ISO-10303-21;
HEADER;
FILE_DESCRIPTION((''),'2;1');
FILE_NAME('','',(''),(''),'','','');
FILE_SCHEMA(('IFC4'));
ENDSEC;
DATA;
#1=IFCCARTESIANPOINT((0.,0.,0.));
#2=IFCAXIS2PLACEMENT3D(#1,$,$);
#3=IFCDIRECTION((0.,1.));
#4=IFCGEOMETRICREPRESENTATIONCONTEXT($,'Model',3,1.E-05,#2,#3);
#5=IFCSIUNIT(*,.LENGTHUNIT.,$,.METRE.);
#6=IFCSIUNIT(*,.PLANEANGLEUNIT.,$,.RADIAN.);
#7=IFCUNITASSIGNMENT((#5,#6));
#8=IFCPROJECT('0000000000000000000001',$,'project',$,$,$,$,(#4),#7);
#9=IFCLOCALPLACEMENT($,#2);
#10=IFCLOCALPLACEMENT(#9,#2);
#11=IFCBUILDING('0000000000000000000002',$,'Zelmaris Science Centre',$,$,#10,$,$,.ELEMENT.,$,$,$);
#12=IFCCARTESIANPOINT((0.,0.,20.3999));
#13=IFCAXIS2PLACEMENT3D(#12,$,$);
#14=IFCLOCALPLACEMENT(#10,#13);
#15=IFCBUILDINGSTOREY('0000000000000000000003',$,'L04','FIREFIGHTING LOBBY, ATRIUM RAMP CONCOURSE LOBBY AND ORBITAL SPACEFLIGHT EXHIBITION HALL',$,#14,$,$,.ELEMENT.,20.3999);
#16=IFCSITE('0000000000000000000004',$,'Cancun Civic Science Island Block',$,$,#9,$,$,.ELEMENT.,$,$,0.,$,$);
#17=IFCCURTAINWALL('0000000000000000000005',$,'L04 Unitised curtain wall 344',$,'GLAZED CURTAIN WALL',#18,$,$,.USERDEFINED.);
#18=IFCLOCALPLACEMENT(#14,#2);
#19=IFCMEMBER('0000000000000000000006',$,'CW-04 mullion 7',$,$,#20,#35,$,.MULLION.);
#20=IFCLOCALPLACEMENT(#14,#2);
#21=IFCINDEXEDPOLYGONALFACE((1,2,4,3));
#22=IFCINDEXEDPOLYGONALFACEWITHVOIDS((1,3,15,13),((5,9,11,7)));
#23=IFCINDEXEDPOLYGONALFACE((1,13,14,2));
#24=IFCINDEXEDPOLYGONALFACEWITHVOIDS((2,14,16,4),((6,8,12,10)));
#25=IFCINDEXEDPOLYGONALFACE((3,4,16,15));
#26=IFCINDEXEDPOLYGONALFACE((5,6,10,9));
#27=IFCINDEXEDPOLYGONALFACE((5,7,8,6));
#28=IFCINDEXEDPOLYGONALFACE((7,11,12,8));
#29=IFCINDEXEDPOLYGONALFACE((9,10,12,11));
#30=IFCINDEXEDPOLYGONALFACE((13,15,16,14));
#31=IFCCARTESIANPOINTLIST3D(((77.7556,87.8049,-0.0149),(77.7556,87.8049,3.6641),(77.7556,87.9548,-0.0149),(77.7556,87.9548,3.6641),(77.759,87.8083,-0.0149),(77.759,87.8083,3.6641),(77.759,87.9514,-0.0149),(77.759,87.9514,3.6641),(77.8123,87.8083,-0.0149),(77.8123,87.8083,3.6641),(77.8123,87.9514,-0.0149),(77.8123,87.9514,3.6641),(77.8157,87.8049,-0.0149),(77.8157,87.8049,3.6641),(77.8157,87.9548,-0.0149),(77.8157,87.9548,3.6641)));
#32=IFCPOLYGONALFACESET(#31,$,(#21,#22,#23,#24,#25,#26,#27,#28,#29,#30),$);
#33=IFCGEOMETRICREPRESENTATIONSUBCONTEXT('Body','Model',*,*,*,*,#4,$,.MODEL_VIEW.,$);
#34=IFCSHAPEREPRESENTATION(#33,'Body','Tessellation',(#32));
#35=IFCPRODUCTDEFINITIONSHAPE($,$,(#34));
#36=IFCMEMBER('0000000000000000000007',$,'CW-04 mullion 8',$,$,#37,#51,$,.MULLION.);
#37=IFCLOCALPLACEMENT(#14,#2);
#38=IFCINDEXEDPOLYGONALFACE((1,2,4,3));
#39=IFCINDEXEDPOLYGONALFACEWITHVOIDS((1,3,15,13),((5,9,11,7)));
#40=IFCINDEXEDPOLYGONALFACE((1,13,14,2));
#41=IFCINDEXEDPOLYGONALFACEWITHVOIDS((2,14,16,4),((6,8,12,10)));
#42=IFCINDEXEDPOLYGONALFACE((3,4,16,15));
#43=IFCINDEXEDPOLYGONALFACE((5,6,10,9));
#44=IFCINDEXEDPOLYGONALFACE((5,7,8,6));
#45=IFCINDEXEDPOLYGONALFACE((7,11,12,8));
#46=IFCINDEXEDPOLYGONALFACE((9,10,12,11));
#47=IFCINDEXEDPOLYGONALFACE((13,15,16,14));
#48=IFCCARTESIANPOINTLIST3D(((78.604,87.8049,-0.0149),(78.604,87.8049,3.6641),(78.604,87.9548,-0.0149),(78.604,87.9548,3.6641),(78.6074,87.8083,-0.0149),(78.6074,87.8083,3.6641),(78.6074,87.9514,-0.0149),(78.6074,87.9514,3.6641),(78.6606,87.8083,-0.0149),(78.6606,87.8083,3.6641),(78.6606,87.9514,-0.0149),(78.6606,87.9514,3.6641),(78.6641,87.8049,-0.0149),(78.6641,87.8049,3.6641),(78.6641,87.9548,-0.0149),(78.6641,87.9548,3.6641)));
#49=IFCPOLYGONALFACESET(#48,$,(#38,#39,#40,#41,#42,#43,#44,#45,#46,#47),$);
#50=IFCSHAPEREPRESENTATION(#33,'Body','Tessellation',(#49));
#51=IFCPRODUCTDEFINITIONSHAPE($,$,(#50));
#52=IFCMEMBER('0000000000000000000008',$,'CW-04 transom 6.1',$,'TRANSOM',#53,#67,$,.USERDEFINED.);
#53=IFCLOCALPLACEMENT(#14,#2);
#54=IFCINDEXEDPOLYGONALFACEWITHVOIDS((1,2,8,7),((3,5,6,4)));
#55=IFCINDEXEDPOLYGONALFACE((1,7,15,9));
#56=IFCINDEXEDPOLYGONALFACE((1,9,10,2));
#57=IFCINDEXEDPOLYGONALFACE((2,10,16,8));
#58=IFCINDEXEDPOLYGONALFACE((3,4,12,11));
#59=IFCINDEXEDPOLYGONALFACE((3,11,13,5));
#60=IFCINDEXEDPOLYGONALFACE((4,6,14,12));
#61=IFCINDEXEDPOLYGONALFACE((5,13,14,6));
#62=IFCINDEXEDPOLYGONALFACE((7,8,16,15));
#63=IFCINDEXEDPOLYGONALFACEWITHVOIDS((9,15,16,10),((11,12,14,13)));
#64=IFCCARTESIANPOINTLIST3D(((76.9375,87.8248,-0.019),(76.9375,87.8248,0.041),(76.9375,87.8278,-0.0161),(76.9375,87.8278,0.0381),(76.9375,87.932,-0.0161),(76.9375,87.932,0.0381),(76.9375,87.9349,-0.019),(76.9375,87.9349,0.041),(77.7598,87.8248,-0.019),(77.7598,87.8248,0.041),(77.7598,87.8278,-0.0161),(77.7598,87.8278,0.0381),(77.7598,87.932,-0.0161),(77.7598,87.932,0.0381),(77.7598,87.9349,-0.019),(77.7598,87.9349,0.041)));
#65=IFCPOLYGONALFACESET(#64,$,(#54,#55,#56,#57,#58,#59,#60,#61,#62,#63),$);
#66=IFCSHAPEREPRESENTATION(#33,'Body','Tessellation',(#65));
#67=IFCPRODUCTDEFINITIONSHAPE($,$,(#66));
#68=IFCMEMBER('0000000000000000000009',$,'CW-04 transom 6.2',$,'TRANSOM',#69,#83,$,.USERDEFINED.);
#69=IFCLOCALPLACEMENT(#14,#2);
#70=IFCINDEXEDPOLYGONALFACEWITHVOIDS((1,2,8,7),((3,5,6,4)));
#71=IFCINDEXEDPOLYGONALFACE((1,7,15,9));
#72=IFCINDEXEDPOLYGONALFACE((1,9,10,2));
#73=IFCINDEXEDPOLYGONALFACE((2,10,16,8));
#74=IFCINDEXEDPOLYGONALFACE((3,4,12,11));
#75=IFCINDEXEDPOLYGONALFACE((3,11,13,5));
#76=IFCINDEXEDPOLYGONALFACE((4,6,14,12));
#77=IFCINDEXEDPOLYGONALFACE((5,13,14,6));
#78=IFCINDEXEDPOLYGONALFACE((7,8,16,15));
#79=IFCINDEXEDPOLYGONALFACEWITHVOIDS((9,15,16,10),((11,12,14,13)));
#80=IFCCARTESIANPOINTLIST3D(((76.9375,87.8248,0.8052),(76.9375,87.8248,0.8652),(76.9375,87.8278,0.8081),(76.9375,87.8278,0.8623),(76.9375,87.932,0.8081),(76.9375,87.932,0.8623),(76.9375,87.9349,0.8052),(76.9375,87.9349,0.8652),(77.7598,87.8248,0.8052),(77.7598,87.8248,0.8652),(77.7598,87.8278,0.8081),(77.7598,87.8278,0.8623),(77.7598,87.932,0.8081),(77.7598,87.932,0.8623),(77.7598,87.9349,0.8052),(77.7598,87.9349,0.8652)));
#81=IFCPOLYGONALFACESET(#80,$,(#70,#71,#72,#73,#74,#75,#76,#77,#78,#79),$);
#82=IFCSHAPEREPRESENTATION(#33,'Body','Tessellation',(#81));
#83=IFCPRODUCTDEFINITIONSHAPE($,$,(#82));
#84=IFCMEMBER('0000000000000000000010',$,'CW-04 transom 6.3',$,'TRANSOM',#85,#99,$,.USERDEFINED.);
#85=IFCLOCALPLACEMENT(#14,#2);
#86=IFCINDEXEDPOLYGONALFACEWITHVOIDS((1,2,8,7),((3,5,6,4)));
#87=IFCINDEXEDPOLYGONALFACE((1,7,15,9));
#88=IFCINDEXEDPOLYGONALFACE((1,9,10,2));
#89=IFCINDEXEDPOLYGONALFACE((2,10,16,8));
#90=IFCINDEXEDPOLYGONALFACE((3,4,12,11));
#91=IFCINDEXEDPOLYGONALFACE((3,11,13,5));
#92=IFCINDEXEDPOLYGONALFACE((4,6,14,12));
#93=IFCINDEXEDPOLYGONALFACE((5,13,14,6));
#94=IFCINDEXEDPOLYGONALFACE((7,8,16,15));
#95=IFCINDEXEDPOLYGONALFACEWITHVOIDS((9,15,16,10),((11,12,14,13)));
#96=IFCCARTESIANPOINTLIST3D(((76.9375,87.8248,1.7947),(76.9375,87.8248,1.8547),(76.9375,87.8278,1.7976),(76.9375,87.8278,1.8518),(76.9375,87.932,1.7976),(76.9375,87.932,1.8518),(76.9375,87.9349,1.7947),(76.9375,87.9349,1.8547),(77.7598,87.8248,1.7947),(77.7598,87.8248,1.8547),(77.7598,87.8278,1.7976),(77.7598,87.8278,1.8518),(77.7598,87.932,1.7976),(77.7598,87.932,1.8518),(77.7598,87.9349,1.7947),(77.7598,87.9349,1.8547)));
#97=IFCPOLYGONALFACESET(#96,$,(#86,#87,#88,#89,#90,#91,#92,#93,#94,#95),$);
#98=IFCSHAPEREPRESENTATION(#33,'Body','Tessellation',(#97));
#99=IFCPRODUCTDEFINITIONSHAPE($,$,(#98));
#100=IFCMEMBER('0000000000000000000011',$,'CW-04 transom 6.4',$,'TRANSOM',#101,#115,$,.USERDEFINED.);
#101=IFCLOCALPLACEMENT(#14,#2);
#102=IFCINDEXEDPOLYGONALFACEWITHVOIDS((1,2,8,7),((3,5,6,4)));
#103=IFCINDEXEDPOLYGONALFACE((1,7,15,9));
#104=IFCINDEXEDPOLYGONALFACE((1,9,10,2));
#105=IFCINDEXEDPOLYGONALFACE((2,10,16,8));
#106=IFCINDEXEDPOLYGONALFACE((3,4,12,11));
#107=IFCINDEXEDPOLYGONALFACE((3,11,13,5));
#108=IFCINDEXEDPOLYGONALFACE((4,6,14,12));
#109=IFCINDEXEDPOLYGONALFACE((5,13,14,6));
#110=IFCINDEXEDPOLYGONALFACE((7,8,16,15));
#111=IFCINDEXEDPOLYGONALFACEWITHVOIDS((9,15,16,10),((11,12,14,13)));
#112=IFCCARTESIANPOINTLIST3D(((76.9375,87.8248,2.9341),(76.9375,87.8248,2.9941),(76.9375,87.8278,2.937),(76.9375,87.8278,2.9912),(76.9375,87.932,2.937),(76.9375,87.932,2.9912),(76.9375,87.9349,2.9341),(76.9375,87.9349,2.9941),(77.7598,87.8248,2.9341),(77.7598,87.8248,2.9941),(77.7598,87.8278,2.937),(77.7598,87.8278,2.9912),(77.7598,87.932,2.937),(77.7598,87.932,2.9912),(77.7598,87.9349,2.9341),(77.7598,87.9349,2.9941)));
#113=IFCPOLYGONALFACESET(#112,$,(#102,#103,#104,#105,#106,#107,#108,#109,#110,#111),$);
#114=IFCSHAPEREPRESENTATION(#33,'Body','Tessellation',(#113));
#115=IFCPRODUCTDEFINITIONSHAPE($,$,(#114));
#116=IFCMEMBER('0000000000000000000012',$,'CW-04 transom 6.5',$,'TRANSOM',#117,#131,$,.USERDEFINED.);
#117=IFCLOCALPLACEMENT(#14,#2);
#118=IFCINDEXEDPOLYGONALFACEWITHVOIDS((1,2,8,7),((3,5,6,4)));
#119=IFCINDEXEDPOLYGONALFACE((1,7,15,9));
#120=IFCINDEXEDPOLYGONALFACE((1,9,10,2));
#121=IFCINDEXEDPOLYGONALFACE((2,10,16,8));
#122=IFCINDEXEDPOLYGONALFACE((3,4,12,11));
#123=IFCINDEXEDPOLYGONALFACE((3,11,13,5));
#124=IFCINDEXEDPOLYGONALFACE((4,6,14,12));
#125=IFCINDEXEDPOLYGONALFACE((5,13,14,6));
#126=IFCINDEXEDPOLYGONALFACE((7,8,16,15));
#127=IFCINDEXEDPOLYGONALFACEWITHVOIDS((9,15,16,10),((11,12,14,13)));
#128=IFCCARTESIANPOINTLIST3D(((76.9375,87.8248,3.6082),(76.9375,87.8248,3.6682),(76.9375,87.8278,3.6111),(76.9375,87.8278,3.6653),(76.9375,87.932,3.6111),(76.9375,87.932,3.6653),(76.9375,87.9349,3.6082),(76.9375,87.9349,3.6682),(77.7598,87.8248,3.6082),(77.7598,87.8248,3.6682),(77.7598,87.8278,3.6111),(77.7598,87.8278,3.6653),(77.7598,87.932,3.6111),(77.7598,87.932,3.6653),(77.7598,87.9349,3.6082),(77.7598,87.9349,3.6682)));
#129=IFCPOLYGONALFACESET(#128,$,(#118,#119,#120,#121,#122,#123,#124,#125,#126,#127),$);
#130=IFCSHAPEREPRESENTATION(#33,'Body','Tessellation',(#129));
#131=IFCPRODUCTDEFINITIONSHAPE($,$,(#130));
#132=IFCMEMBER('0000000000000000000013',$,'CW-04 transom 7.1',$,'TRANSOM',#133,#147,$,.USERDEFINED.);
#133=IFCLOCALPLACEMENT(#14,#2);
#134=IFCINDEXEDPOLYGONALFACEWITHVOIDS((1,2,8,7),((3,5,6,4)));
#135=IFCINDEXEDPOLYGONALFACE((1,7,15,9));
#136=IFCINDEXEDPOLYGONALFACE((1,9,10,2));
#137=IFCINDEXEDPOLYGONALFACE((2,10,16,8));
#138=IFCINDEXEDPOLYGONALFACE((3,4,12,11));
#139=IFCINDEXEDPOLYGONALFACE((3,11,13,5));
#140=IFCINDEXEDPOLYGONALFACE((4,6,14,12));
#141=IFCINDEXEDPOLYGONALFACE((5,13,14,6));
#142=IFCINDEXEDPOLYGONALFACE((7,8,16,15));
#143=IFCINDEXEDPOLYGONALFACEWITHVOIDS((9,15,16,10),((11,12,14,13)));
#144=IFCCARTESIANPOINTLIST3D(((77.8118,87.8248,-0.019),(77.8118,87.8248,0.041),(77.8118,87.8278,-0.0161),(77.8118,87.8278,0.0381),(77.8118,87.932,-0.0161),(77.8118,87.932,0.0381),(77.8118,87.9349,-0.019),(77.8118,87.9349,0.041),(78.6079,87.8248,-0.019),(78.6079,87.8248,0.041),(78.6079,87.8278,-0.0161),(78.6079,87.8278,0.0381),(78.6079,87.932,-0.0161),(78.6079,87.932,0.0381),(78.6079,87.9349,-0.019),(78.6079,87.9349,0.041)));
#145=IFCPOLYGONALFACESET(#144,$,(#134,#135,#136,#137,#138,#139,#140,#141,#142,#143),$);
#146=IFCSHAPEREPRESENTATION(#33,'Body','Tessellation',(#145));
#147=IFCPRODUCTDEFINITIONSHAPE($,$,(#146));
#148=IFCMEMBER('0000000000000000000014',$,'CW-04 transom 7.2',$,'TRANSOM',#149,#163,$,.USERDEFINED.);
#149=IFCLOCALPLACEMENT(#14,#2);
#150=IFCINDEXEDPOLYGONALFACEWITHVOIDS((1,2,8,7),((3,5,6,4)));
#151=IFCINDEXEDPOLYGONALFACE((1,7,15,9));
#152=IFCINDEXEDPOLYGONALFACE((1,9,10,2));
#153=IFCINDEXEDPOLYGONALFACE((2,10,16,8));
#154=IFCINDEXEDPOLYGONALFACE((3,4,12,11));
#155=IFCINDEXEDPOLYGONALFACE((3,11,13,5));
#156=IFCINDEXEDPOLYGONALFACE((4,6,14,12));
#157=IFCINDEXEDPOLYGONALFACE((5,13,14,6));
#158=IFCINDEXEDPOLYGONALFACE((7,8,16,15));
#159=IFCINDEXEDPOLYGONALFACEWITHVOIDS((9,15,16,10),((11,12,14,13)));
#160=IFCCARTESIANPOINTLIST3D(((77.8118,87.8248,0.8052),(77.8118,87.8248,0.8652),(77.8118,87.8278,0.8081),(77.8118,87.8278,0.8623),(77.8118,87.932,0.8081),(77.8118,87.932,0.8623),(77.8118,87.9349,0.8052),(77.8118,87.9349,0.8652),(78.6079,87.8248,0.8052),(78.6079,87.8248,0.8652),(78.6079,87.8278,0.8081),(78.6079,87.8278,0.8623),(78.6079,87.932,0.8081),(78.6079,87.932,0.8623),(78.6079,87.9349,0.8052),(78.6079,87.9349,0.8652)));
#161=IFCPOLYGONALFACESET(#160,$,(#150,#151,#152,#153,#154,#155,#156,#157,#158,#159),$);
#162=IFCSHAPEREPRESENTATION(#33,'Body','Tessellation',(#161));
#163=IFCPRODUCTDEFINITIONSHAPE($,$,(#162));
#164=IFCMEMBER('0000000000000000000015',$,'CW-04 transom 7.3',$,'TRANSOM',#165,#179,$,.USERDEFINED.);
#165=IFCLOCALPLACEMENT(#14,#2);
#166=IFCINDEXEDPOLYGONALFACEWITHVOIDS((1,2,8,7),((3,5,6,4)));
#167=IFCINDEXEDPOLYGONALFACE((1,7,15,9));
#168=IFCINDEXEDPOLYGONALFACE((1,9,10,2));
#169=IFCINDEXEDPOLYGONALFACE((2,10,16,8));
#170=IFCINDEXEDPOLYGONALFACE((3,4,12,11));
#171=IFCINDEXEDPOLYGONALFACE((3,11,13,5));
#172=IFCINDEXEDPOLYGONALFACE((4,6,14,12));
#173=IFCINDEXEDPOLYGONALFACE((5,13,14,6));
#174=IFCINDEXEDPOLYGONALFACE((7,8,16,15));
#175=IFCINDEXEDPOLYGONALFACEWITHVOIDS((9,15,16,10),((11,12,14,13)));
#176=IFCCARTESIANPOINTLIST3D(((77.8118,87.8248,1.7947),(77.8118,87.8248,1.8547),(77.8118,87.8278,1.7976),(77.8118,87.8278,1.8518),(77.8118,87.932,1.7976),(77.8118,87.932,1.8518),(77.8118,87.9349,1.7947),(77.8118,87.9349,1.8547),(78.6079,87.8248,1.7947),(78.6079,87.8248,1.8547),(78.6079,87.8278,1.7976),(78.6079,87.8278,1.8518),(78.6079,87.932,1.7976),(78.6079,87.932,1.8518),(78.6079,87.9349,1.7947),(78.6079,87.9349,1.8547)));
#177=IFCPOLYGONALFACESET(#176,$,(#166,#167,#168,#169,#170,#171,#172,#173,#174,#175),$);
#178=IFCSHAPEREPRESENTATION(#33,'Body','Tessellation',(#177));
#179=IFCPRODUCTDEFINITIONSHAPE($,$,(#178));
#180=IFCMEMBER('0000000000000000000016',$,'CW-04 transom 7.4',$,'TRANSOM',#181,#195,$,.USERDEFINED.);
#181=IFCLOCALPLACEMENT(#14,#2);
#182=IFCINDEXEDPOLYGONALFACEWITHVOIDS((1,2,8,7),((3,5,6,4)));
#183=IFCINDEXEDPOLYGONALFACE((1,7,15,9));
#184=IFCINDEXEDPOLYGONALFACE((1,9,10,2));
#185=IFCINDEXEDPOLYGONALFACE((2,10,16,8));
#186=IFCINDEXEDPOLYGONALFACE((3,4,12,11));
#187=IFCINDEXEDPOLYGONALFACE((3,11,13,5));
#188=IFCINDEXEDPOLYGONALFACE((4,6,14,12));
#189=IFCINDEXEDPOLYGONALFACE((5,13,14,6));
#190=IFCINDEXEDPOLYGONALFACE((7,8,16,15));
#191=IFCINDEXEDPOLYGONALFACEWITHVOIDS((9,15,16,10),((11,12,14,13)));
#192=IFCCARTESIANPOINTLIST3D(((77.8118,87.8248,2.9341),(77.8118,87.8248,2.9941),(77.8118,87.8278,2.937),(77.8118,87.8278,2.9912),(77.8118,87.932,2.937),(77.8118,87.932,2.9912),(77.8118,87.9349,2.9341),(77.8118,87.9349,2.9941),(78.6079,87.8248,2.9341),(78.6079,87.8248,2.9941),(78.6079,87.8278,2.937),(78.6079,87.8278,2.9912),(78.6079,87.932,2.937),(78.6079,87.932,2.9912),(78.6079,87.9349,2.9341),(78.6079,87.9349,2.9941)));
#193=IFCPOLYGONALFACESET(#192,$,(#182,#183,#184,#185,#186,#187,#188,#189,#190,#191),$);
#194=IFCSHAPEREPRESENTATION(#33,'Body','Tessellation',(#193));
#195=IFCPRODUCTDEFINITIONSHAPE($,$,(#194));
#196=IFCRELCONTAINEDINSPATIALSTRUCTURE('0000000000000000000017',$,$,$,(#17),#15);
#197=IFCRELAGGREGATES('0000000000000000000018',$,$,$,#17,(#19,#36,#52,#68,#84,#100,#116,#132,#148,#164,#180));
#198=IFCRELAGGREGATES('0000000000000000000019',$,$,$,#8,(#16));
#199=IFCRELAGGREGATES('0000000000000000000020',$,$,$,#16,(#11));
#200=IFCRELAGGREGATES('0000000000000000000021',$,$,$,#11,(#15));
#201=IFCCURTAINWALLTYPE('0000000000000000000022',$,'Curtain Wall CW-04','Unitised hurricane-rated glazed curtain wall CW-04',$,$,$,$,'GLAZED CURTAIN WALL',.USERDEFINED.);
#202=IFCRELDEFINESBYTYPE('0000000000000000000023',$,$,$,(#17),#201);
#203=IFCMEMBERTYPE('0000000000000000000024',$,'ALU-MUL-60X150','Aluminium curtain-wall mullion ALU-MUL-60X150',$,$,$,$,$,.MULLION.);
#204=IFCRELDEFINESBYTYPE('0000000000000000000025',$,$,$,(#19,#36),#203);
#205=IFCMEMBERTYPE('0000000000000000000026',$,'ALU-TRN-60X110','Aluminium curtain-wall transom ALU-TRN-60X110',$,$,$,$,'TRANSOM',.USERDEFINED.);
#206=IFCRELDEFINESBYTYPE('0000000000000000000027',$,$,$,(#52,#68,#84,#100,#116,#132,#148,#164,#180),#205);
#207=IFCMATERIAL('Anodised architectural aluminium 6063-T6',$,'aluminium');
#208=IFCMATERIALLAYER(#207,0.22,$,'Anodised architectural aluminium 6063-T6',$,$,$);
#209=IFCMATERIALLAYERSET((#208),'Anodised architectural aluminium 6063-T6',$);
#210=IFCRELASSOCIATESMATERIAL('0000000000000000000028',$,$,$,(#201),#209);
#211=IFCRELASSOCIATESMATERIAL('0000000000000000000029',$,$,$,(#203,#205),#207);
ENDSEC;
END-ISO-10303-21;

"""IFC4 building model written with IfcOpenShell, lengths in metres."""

from ifc_helpers import new_model, si_unit, direction, frame, origin, origin_2d, place, context, subcontext, project, spatial, hollow_rectangle, extrude, material, layer, layer_set, material_profile, profile_set, type_object, element, aggregate, save


model = new_model("IFC4")

# Units and contexts
model_context = context("Model", 3, precision=1e-05, world=origin(), true_north=direction((0.0, 1.0)))
body_context = subcontext(model_context, "Body", "Model", "MODEL_VIEW")
ifc_project = project(units=[si_unit("LENGTHUNIT", "METRE"), si_unit("PLANEANGLEUNIT", "RADIAN")], contexts=[model_context])

# Site, building, storey
site_placement = place(None, origin())
site = spatial("IfcSite", under=ifc_project, at=site_placement, Name="Cancun Civic Science Island Block", CompositionType="ELEMENT", RefElevation=0.0)
building_placement = place(site_placement, origin())
building = spatial("IfcBuilding", under=site, at=building_placement, Name="Zelmaris Science Centre", CompositionType="ELEMENT")
storey_placement = place(building_placement, frame((0.0, 0.0, 20.3999)))
storey = spatial("IfcBuildingStorey", under=building, at=storey_placement, Name="L04", Description="FIREFIGHTING LOBBY, ATRIUM RAMP CONCOURSE LOBBY AND ORBITAL SPACEFLIGHT EXHIBITION HALL", CompositionType="ELEMENT", Elevation=20.3999)

# Curtain wall, members
ifc_material_1 = material(Name="Anodised architectural aluminium 6063-T6", Category="aluminium")
ifc_layer_1 = layer(ifc_material_1, 0.22, Name="Anodised architectural aluminium 6063-T6")
ifc_layer_set_1 = layer_set([ifc_layer_1], Name="Anodised architectural aluminium 6063-T6")
curtain_wall_type = type_object("IfcCurtainWallType", Name="Curtain Wall CW-04", Description="Unitised hurricane-rated glazed curtain wall CW-04", ElementType="GLAZED CURTAIN WALL", PredefinedType="USERDEFINED", material=ifc_layer_set_1)
curtain_wall_placement = place(storey_placement, origin())
curtain_wall = element("IfcCurtainWall", 1, at=curtain_wall_placement, inside=storey, type_object=curtain_wall_type, Name="L04 Unitised curtain wall 344", ObjectType="GLAZED CURTAIN WALL", PredefinedType="USERDEFINED")
ifc_material_profile_1 = material_profile(ifc_material_1, hollow_rectangle(XDim=0.0601, YDim=0.1499, WallThickness=0.0034, at=origin_2d()), Name="ALU-MUL-60X150")
ifc_profile_set_1 = profile_set([ifc_material_profile_1], Name="Anodised architectural aluminium 6063-T6")
member_type_1 = type_object("IfcMemberType", Name="ALU-MUL-60X150", Description="Aluminium curtain-wall mullion ALU-MUL-60X150", PredefinedType="MULLION", material=ifc_profile_set_1)
member_1_placement = place(storey_placement, frame((77.7856, 87.8799, -0.0149), z_axis=(0.0, 0.0, 1.0), x_axis=(1.0, 0.0, 0.0)))
member_1 = element("IfcMember", 2, at=member_1_placement, type_object=member_type_1, Name="CW-04 mullion 7", PredefinedType="MULLION", context=body_context, shape_type="SweptSolid", body=[
    extrude(hollow_rectangle(XDim=0.0601, YDim=0.1499, WallThickness=0.0034, at=origin_2d()), origin(), (0.0, 0.0, 1.0), 3.679),
])
member_2_placement = place(storey_placement, frame((78.634, 87.8799, -0.0149), z_axis=(0.0, 0.0, 1.0), x_axis=(1.0, 0.0, 0.0)))
member_2 = element("IfcMember", 3, at=member_2_placement, type_object=member_type_1, Name="CW-04 mullion 8", PredefinedType="MULLION", context=body_context, shape_type="SweptSolid", body=[
    extrude(hollow_rectangle(XDim=0.0601, YDim=0.1499, WallThickness=0.0034, at=origin_2d()), origin(), (0.0, 0.0, 1.0), 3.679),
])
ifc_material_profile_2 = material_profile(ifc_material_1, hollow_rectangle(XDim=0.0601, YDim=0.1101, WallThickness=0.0029, at=origin_2d()), Name="ALU-TRN-60X110")
ifc_profile_set_2 = profile_set([ifc_material_profile_2], Name="Anodised architectural aluminium 6063-T6")
member_type_2 = type_object("IfcMemberType", Name="ALU-TRN-60X110", Description="Aluminium curtain-wall transom ALU-TRN-60X110", ElementType="TRANSOM", PredefinedType="USERDEFINED", material=ifc_profile_set_2)
member_3_placement = place(storey_placement, frame((76.9375, 87.8799, 0.011), z_axis=(1.0, 0.0, 0.0), x_axis=(0.0, 0.0, 1.0)))
member_3 = element("IfcMember", 4, at=member_3_placement, type_object=member_type_2, Name="CW-04 transom 6.1", ObjectType="TRANSOM", PredefinedType="USERDEFINED", context=body_context, shape_type="SweptSolid", body=[
    extrude(hollow_rectangle(XDim=0.0601, YDim=0.1101, WallThickness=0.0029, at=origin_2d()), origin(), (0.0, 0.0, 1.0), 0.8223),
])
member_4_placement = place(storey_placement, frame((76.9375, 87.8799, 0.8352), z_axis=(1.0, 0.0, 0.0), x_axis=(0.0, 0.0, 1.0)))
member_4 = element("IfcMember", 5, at=member_4_placement, type_object=member_type_2, Name="CW-04 transom 6.2", ObjectType="TRANSOM", PredefinedType="USERDEFINED", context=body_context, shape_type="SweptSolid", body=[
    extrude(hollow_rectangle(XDim=0.0601, YDim=0.1101, WallThickness=0.0029, at=origin_2d()), origin(), (0.0, 0.0, 1.0), 0.8223),
])
member_5_placement = place(storey_placement, frame((76.9375, 87.8799, 1.8247), z_axis=(1.0, 0.0, 0.0), x_axis=(0.0, 0.0, 1.0)))
member_5 = element("IfcMember", 6, at=member_5_placement, type_object=member_type_2, Name="CW-04 transom 6.3", ObjectType="TRANSOM", PredefinedType="USERDEFINED", context=body_context, shape_type="SweptSolid", body=[
    extrude(hollow_rectangle(XDim=0.0601, YDim=0.1101, WallThickness=0.0029, at=origin_2d()), origin(), (0.0, 0.0, 1.0), 0.8223),
])
member_6_placement = place(storey_placement, frame((76.9375, 87.8799, 2.9641), z_axis=(1.0, 0.0, 0.0), x_axis=(0.0, 0.0, 1.0)))
member_6 = element("IfcMember", 7, at=member_6_placement, type_object=member_type_2, Name="CW-04 transom 6.4", ObjectType="TRANSOM", PredefinedType="USERDEFINED", context=body_context, shape_type="SweptSolid", body=[
    extrude(hollow_rectangle(XDim=0.0601, YDim=0.1101, WallThickness=0.0029, at=origin_2d()), origin(), (0.0, 0.0, 1.0), 0.8223),
])
member_7_placement = place(storey_placement, frame((76.9375, 87.8799, 3.6382), z_axis=(1.0, 0.0, 0.0), x_axis=(0.0, 0.0, 1.0)))
member_7 = element("IfcMember", 8, at=member_7_placement, type_object=member_type_2, Name="CW-04 transom 6.5", ObjectType="TRANSOM", PredefinedType="USERDEFINED", context=body_context, shape_type="SweptSolid", body=[
    extrude(hollow_rectangle(XDim=0.0601, YDim=0.1101, WallThickness=0.0029, at=origin_2d()), origin(), (0.0, 0.0, 1.0), 0.8223),
])
member_8_placement = place(storey_placement, frame((77.8118, 87.8799, 0.011), z_axis=(1.0, 0.0, 0.0), x_axis=(0.0, 0.0, 1.0)))
member_8 = element("IfcMember", 9, at=member_8_placement, type_object=member_type_2, Name="CW-04 transom 7.1", ObjectType="TRANSOM", PredefinedType="USERDEFINED", context=body_context, shape_type="SweptSolid", body=[
    extrude(hollow_rectangle(XDim=0.0601, YDim=0.1101, WallThickness=0.0029, at=origin_2d()), origin(), (0.0, 0.0, 1.0), 0.7961),
])
member_9_placement = place(storey_placement, frame((77.8118, 87.8799, 0.8352), z_axis=(1.0, 0.0, 0.0), x_axis=(0.0, 0.0, 1.0)))
member_9 = element("IfcMember", 10, at=member_9_placement, type_object=member_type_2, Name="CW-04 transom 7.2", ObjectType="TRANSOM", PredefinedType="USERDEFINED", context=body_context, shape_type="SweptSolid", body=[
    extrude(hollow_rectangle(XDim=0.0601, YDim=0.1101, WallThickness=0.0029, at=origin_2d()), origin(), (0.0, 0.0, 1.0), 0.7961),
])
member_10_placement = place(storey_placement, frame((77.8118, 87.8799, 1.8247), z_axis=(1.0, 0.0, 0.0), x_axis=(0.0, 0.0, 1.0)))
member_10 = element("IfcMember", 11, at=member_10_placement, type_object=member_type_2, Name="CW-04 transom 7.3", ObjectType="TRANSOM", PredefinedType="USERDEFINED", context=body_context, shape_type="SweptSolid", body=[
    extrude(hollow_rectangle(XDim=0.0601, YDim=0.1101, WallThickness=0.0029, at=origin_2d()), origin(), (0.0, 0.0, 1.0), 0.7961),
])
member_11_placement = place(storey_placement, frame((77.8118, 87.8799, 2.9641), z_axis=(1.0, 0.0, 0.0), x_axis=(0.0, 0.0, 1.0)))
member_11 = element("IfcMember", 12, at=member_11_placement, type_object=member_type_2, Name="CW-04 transom 7.4", ObjectType="TRANSOM", PredefinedType="USERDEFINED", context=body_context, shape_type="SweptSolid", body=[
    extrude(hollow_rectangle(XDim=0.0601, YDim=0.1101, WallThickness=0.0029, at=origin_2d()), origin(), (0.0, 0.0, 1.0), 0.7961),
])
aggregate(curtain_wall, [member_1, member_2, member_3, member_4, member_5, member_6, member_7, member_8, member_9, member_10, member_11])

save(model, "model.ifc")
